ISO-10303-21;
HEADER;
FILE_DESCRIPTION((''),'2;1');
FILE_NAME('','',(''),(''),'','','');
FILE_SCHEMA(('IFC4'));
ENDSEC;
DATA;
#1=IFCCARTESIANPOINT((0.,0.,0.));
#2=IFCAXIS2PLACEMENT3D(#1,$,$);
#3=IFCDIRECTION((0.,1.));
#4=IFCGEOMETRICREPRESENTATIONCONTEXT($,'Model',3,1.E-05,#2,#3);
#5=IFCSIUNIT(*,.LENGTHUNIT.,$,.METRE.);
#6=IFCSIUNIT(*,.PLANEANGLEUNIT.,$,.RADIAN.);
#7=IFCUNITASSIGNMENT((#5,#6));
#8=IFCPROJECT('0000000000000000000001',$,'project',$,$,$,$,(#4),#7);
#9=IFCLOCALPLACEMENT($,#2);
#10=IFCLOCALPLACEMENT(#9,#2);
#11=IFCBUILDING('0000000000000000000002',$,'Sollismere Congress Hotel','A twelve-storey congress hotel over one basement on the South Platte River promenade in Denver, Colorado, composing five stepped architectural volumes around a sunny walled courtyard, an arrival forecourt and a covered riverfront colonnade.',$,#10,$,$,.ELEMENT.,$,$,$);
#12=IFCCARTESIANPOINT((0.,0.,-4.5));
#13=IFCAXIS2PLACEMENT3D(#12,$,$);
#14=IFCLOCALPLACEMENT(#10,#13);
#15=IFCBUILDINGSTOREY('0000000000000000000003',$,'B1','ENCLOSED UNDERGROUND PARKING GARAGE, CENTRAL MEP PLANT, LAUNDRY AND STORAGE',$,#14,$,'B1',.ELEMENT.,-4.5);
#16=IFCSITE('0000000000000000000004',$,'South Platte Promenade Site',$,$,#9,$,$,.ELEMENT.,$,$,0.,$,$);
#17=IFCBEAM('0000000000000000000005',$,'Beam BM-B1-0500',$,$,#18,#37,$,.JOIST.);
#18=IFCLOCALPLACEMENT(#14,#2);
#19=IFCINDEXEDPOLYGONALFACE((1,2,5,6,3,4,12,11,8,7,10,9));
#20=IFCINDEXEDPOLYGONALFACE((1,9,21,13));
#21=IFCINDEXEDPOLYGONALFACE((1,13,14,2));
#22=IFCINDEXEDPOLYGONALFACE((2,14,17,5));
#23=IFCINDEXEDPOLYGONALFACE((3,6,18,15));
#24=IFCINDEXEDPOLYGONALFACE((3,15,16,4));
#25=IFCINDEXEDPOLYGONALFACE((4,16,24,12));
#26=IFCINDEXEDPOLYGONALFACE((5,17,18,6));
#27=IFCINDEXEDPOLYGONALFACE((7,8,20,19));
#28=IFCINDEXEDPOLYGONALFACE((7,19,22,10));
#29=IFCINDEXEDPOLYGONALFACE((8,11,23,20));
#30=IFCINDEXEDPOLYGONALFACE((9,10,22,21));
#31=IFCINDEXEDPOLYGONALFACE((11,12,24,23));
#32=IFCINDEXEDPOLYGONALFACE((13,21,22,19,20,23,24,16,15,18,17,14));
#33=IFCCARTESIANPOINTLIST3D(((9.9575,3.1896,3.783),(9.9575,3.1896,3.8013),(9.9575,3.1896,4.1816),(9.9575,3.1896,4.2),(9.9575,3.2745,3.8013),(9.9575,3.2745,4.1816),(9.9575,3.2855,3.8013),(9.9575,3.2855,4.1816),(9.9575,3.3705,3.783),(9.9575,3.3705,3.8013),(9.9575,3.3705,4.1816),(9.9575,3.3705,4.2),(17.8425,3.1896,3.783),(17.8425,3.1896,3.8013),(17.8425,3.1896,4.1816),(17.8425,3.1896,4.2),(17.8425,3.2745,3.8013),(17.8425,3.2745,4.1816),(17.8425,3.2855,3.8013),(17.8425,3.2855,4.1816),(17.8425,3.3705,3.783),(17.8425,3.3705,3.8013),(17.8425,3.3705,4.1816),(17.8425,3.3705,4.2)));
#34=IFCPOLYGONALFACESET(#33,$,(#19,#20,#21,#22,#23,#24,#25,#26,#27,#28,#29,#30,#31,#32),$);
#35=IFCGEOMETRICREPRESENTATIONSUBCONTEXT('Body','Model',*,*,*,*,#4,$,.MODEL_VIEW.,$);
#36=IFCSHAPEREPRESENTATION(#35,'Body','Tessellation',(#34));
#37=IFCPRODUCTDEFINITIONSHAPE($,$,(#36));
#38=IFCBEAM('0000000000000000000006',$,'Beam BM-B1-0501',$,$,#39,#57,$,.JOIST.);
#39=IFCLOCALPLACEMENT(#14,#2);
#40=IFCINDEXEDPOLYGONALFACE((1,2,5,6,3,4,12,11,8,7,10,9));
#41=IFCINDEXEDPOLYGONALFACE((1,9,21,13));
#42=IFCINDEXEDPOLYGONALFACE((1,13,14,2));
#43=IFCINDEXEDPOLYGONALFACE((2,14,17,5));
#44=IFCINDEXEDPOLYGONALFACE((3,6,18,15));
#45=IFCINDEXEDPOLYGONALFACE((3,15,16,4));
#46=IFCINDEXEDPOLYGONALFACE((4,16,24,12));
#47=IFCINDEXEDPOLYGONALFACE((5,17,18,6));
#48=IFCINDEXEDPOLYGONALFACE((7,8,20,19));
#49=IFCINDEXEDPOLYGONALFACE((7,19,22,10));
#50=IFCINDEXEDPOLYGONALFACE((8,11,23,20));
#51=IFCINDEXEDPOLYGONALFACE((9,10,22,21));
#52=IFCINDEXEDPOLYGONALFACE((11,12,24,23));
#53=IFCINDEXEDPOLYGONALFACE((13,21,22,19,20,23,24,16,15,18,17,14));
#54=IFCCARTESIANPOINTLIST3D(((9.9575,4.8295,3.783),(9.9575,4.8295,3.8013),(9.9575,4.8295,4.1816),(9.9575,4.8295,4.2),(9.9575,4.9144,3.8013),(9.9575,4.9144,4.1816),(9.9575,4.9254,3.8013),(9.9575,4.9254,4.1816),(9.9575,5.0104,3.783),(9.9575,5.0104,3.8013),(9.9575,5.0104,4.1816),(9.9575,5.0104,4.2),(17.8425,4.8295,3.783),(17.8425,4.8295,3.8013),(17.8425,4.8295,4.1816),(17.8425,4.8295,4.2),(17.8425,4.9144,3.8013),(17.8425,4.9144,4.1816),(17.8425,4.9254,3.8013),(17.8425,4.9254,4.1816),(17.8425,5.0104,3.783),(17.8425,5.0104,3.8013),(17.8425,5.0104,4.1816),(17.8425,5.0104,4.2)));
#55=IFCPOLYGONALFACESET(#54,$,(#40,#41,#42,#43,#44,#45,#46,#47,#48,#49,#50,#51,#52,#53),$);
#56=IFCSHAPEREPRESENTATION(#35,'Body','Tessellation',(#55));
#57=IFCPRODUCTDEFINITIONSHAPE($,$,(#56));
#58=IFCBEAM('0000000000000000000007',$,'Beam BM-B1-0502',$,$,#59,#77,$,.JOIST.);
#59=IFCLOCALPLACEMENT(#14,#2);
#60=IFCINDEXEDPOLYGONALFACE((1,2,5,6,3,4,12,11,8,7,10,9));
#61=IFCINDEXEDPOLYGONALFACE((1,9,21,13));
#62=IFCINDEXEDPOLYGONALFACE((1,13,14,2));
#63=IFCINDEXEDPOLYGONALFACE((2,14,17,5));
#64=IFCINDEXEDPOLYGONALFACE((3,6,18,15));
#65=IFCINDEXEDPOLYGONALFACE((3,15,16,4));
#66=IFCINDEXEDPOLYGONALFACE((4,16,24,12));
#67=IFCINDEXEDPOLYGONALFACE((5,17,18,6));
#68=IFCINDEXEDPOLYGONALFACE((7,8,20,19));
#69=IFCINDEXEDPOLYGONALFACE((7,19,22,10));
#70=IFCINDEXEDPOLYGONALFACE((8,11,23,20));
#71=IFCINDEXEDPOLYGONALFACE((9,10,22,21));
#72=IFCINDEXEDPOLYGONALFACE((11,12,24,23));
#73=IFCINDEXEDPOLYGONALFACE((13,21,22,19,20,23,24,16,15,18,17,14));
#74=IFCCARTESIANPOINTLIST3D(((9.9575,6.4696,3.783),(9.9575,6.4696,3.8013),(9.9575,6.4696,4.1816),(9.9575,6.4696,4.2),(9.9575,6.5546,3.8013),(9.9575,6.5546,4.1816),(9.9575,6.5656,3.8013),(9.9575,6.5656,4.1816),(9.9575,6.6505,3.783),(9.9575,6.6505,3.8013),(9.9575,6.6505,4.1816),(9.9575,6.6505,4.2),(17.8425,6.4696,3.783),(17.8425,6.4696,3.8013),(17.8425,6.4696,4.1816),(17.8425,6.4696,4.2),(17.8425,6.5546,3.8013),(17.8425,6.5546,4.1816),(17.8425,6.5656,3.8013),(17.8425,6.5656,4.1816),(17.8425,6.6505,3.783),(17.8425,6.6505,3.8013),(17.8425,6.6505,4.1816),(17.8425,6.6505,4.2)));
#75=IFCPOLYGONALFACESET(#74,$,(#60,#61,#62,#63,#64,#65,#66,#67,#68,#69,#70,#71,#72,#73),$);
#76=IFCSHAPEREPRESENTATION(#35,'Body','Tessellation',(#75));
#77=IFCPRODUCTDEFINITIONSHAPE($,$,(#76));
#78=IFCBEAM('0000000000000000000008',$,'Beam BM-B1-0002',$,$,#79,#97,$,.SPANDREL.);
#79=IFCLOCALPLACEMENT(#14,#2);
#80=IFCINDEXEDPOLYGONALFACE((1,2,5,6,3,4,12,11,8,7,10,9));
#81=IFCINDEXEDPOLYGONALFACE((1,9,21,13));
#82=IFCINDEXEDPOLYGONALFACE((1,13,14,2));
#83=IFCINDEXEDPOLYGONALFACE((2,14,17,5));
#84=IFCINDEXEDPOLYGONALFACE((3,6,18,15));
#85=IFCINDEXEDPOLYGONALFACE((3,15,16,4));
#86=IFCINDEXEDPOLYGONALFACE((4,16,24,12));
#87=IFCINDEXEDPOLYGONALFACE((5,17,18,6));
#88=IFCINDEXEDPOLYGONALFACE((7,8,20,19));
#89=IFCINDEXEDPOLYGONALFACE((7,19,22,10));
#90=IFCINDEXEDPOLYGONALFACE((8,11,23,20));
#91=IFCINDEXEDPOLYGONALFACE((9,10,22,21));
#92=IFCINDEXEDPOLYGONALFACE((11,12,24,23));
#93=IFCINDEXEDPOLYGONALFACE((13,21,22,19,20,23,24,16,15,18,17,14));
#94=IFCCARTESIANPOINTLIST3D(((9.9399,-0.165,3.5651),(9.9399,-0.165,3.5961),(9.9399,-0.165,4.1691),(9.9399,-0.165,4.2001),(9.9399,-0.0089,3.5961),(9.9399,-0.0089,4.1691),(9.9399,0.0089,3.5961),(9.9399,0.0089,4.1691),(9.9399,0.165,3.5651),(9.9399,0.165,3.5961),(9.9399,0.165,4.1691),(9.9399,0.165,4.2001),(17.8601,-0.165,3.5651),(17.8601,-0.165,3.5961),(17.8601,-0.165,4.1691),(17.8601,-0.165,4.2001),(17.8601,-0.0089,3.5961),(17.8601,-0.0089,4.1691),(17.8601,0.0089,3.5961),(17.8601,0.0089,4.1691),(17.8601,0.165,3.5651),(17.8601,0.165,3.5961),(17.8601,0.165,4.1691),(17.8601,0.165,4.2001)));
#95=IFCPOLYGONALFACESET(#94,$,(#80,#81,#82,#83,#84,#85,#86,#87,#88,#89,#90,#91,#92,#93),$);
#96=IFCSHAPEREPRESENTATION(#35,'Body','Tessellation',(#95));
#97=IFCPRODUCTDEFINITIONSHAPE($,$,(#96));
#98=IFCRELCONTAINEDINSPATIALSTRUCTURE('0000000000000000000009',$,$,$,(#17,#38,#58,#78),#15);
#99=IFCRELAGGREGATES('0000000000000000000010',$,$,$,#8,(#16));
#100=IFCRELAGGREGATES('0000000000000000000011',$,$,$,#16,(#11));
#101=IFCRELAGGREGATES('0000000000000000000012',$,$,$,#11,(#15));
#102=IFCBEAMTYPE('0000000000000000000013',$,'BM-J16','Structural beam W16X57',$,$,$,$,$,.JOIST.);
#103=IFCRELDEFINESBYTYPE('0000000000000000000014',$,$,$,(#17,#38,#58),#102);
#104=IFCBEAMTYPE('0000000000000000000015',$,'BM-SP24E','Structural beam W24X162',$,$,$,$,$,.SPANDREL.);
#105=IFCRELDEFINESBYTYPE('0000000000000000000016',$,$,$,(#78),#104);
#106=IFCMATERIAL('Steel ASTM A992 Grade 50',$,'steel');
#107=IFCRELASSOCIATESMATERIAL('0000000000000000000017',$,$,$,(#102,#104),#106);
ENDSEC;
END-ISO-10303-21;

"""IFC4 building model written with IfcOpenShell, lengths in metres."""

from ifc_helpers import new_model, si_unit, direction, frame, origin, origin_2d, place, context, subcontext, project, spatial, i_section, extrude, material, material_profile, profile_set, type_object, element, save


model = new_model("IFC4")

# Units and contexts
model_context = context("Model", 3, precision=1e-05, world=origin(), true_north=direction((0.0, 1.0)))
body_context = subcontext(model_context, "Body", "Model", "MODEL_VIEW")
ifc_project = project(units=[si_unit("LENGTHUNIT", "METRE"), si_unit("PLANEANGLEUNIT", "RADIAN")], contexts=[model_context])

# Site, building, storey
site_placement = place(None, origin())
site = spatial("IfcSite", under=ifc_project, at=site_placement, Name="South Platte Promenade Site", CompositionType="ELEMENT", RefElevation=0.0)
building_placement = place(site_placement, origin())
building = spatial("IfcBuilding", under=site, at=building_placement, Name="Sollismere Congress Hotel", Description="A twelve-storey congress hotel over one basement on the South Platte River promenade in Denver, Colorado, composing five stepped architectural volumes around a sunny walled courtyard, an arrival forecourt and a covered riverfront colonnade.", CompositionType="ELEMENT")
storey_placement = place(building_placement, frame((0.0, 0.0, -4.5)))
storey = spatial("IfcBuildingStorey", under=building, at=storey_placement, Name="B1", Description="ENCLOSED UNDERGROUND PARKING GARAGE, CENTRAL MEP PLANT, LAUNDRY AND STORAGE", LongName="B1", CompositionType="ELEMENT", Elevation=-4.5)

# Beams
ifc_material_1 = material(Name="Steel ASTM A992 Grade 50", Category="steel")
ifc_material_profile_1 = material_profile(ifc_material_1, i_section(OverallWidth=0.1809, OverallDepth=0.417, WebThickness=0.011, FlangeThickness=0.0183, at=origin_2d()), Name="W16X57")
ifc_profile_set_1 = profile_set([ifc_material_profile_1], Name="Steel ASTM A992 Grade 50")
beam_type_1 = type_object("IfcBeamType", Name="BM-J16", Description="Structural beam W16X57", PredefinedType="JOIST", material=ifc_profile_set_1)
for number, where, z_axis, x_axis, name in (
    (1, (9.9575, 3.28, 3.9915), (1.0, 0.0, 0.0), (0.0, 1.0, 0.0), "Beam BM-B1-0500"),
    (2, (9.9575, 4.9199, 3.9915), (1.0, 0.0, 0.0), (0.0, 1.0, 0.0), "Beam BM-B1-0501"),
    (3, (9.9575, 6.5601, 3.9915), (1.0, 0.0, 0.0), (0.0, 1.0, 0.0), "Beam BM-B1-0502"),
):
    element("IfcBeam", number, at=place(storey_placement, frame(where, z_axis=z_axis, x_axis=x_axis)), inside=storey, type_object=beam_type_1, Name=name, PredefinedType="JOIST", context=body_context, shape_type="SweptSolid", body=[
        extrude(i_section(OverallWidth=0.1809, OverallDepth=0.417, WebThickness=0.011, FlangeThickness=0.0183, at=origin_2d()), origin(), (0.0, 0.0, 1.0), 7.885),
    ])
ifc_material_profile_2 = material_profile(ifc_material_1, i_section(OverallWidth=0.3301, OverallDepth=0.635, WebThickness=0.0178, FlangeThickness=0.031, at=origin_2d()), Name="W24X162")
ifc_profile_set_2 = profile_set([ifc_material_profile_2], Name="Steel ASTM A992 Grade 50")
beam_type_2 = type_object("IfcBeamType", Name="BM-SP24E", Description="Structural beam W24X162", PredefinedType="SPANDREL", material=ifc_profile_set_2)
beam_1_placement = place(storey_placement, frame((9.9399, 0.0, 3.8826), z_axis=(1.0, 0.0, 0.0), x_axis=(0.0, 1.0, 0.0)))
element("IfcBeam", 4, at=beam_1_placement, inside=storey, type_object=beam_type_2, Name="Beam BM-B1-0002", PredefinedType="SPANDREL", context=body_context, shape_type="SweptSolid", body=[
    extrude(i_section(OverallWidth=0.3301, OverallDepth=0.635, WebThickness=0.0178, FlangeThickness=0.031, at=origin_2d()), origin(), (0.0, 0.0, 1.0), 7.9202),
])

save(model, "model.ifc")
